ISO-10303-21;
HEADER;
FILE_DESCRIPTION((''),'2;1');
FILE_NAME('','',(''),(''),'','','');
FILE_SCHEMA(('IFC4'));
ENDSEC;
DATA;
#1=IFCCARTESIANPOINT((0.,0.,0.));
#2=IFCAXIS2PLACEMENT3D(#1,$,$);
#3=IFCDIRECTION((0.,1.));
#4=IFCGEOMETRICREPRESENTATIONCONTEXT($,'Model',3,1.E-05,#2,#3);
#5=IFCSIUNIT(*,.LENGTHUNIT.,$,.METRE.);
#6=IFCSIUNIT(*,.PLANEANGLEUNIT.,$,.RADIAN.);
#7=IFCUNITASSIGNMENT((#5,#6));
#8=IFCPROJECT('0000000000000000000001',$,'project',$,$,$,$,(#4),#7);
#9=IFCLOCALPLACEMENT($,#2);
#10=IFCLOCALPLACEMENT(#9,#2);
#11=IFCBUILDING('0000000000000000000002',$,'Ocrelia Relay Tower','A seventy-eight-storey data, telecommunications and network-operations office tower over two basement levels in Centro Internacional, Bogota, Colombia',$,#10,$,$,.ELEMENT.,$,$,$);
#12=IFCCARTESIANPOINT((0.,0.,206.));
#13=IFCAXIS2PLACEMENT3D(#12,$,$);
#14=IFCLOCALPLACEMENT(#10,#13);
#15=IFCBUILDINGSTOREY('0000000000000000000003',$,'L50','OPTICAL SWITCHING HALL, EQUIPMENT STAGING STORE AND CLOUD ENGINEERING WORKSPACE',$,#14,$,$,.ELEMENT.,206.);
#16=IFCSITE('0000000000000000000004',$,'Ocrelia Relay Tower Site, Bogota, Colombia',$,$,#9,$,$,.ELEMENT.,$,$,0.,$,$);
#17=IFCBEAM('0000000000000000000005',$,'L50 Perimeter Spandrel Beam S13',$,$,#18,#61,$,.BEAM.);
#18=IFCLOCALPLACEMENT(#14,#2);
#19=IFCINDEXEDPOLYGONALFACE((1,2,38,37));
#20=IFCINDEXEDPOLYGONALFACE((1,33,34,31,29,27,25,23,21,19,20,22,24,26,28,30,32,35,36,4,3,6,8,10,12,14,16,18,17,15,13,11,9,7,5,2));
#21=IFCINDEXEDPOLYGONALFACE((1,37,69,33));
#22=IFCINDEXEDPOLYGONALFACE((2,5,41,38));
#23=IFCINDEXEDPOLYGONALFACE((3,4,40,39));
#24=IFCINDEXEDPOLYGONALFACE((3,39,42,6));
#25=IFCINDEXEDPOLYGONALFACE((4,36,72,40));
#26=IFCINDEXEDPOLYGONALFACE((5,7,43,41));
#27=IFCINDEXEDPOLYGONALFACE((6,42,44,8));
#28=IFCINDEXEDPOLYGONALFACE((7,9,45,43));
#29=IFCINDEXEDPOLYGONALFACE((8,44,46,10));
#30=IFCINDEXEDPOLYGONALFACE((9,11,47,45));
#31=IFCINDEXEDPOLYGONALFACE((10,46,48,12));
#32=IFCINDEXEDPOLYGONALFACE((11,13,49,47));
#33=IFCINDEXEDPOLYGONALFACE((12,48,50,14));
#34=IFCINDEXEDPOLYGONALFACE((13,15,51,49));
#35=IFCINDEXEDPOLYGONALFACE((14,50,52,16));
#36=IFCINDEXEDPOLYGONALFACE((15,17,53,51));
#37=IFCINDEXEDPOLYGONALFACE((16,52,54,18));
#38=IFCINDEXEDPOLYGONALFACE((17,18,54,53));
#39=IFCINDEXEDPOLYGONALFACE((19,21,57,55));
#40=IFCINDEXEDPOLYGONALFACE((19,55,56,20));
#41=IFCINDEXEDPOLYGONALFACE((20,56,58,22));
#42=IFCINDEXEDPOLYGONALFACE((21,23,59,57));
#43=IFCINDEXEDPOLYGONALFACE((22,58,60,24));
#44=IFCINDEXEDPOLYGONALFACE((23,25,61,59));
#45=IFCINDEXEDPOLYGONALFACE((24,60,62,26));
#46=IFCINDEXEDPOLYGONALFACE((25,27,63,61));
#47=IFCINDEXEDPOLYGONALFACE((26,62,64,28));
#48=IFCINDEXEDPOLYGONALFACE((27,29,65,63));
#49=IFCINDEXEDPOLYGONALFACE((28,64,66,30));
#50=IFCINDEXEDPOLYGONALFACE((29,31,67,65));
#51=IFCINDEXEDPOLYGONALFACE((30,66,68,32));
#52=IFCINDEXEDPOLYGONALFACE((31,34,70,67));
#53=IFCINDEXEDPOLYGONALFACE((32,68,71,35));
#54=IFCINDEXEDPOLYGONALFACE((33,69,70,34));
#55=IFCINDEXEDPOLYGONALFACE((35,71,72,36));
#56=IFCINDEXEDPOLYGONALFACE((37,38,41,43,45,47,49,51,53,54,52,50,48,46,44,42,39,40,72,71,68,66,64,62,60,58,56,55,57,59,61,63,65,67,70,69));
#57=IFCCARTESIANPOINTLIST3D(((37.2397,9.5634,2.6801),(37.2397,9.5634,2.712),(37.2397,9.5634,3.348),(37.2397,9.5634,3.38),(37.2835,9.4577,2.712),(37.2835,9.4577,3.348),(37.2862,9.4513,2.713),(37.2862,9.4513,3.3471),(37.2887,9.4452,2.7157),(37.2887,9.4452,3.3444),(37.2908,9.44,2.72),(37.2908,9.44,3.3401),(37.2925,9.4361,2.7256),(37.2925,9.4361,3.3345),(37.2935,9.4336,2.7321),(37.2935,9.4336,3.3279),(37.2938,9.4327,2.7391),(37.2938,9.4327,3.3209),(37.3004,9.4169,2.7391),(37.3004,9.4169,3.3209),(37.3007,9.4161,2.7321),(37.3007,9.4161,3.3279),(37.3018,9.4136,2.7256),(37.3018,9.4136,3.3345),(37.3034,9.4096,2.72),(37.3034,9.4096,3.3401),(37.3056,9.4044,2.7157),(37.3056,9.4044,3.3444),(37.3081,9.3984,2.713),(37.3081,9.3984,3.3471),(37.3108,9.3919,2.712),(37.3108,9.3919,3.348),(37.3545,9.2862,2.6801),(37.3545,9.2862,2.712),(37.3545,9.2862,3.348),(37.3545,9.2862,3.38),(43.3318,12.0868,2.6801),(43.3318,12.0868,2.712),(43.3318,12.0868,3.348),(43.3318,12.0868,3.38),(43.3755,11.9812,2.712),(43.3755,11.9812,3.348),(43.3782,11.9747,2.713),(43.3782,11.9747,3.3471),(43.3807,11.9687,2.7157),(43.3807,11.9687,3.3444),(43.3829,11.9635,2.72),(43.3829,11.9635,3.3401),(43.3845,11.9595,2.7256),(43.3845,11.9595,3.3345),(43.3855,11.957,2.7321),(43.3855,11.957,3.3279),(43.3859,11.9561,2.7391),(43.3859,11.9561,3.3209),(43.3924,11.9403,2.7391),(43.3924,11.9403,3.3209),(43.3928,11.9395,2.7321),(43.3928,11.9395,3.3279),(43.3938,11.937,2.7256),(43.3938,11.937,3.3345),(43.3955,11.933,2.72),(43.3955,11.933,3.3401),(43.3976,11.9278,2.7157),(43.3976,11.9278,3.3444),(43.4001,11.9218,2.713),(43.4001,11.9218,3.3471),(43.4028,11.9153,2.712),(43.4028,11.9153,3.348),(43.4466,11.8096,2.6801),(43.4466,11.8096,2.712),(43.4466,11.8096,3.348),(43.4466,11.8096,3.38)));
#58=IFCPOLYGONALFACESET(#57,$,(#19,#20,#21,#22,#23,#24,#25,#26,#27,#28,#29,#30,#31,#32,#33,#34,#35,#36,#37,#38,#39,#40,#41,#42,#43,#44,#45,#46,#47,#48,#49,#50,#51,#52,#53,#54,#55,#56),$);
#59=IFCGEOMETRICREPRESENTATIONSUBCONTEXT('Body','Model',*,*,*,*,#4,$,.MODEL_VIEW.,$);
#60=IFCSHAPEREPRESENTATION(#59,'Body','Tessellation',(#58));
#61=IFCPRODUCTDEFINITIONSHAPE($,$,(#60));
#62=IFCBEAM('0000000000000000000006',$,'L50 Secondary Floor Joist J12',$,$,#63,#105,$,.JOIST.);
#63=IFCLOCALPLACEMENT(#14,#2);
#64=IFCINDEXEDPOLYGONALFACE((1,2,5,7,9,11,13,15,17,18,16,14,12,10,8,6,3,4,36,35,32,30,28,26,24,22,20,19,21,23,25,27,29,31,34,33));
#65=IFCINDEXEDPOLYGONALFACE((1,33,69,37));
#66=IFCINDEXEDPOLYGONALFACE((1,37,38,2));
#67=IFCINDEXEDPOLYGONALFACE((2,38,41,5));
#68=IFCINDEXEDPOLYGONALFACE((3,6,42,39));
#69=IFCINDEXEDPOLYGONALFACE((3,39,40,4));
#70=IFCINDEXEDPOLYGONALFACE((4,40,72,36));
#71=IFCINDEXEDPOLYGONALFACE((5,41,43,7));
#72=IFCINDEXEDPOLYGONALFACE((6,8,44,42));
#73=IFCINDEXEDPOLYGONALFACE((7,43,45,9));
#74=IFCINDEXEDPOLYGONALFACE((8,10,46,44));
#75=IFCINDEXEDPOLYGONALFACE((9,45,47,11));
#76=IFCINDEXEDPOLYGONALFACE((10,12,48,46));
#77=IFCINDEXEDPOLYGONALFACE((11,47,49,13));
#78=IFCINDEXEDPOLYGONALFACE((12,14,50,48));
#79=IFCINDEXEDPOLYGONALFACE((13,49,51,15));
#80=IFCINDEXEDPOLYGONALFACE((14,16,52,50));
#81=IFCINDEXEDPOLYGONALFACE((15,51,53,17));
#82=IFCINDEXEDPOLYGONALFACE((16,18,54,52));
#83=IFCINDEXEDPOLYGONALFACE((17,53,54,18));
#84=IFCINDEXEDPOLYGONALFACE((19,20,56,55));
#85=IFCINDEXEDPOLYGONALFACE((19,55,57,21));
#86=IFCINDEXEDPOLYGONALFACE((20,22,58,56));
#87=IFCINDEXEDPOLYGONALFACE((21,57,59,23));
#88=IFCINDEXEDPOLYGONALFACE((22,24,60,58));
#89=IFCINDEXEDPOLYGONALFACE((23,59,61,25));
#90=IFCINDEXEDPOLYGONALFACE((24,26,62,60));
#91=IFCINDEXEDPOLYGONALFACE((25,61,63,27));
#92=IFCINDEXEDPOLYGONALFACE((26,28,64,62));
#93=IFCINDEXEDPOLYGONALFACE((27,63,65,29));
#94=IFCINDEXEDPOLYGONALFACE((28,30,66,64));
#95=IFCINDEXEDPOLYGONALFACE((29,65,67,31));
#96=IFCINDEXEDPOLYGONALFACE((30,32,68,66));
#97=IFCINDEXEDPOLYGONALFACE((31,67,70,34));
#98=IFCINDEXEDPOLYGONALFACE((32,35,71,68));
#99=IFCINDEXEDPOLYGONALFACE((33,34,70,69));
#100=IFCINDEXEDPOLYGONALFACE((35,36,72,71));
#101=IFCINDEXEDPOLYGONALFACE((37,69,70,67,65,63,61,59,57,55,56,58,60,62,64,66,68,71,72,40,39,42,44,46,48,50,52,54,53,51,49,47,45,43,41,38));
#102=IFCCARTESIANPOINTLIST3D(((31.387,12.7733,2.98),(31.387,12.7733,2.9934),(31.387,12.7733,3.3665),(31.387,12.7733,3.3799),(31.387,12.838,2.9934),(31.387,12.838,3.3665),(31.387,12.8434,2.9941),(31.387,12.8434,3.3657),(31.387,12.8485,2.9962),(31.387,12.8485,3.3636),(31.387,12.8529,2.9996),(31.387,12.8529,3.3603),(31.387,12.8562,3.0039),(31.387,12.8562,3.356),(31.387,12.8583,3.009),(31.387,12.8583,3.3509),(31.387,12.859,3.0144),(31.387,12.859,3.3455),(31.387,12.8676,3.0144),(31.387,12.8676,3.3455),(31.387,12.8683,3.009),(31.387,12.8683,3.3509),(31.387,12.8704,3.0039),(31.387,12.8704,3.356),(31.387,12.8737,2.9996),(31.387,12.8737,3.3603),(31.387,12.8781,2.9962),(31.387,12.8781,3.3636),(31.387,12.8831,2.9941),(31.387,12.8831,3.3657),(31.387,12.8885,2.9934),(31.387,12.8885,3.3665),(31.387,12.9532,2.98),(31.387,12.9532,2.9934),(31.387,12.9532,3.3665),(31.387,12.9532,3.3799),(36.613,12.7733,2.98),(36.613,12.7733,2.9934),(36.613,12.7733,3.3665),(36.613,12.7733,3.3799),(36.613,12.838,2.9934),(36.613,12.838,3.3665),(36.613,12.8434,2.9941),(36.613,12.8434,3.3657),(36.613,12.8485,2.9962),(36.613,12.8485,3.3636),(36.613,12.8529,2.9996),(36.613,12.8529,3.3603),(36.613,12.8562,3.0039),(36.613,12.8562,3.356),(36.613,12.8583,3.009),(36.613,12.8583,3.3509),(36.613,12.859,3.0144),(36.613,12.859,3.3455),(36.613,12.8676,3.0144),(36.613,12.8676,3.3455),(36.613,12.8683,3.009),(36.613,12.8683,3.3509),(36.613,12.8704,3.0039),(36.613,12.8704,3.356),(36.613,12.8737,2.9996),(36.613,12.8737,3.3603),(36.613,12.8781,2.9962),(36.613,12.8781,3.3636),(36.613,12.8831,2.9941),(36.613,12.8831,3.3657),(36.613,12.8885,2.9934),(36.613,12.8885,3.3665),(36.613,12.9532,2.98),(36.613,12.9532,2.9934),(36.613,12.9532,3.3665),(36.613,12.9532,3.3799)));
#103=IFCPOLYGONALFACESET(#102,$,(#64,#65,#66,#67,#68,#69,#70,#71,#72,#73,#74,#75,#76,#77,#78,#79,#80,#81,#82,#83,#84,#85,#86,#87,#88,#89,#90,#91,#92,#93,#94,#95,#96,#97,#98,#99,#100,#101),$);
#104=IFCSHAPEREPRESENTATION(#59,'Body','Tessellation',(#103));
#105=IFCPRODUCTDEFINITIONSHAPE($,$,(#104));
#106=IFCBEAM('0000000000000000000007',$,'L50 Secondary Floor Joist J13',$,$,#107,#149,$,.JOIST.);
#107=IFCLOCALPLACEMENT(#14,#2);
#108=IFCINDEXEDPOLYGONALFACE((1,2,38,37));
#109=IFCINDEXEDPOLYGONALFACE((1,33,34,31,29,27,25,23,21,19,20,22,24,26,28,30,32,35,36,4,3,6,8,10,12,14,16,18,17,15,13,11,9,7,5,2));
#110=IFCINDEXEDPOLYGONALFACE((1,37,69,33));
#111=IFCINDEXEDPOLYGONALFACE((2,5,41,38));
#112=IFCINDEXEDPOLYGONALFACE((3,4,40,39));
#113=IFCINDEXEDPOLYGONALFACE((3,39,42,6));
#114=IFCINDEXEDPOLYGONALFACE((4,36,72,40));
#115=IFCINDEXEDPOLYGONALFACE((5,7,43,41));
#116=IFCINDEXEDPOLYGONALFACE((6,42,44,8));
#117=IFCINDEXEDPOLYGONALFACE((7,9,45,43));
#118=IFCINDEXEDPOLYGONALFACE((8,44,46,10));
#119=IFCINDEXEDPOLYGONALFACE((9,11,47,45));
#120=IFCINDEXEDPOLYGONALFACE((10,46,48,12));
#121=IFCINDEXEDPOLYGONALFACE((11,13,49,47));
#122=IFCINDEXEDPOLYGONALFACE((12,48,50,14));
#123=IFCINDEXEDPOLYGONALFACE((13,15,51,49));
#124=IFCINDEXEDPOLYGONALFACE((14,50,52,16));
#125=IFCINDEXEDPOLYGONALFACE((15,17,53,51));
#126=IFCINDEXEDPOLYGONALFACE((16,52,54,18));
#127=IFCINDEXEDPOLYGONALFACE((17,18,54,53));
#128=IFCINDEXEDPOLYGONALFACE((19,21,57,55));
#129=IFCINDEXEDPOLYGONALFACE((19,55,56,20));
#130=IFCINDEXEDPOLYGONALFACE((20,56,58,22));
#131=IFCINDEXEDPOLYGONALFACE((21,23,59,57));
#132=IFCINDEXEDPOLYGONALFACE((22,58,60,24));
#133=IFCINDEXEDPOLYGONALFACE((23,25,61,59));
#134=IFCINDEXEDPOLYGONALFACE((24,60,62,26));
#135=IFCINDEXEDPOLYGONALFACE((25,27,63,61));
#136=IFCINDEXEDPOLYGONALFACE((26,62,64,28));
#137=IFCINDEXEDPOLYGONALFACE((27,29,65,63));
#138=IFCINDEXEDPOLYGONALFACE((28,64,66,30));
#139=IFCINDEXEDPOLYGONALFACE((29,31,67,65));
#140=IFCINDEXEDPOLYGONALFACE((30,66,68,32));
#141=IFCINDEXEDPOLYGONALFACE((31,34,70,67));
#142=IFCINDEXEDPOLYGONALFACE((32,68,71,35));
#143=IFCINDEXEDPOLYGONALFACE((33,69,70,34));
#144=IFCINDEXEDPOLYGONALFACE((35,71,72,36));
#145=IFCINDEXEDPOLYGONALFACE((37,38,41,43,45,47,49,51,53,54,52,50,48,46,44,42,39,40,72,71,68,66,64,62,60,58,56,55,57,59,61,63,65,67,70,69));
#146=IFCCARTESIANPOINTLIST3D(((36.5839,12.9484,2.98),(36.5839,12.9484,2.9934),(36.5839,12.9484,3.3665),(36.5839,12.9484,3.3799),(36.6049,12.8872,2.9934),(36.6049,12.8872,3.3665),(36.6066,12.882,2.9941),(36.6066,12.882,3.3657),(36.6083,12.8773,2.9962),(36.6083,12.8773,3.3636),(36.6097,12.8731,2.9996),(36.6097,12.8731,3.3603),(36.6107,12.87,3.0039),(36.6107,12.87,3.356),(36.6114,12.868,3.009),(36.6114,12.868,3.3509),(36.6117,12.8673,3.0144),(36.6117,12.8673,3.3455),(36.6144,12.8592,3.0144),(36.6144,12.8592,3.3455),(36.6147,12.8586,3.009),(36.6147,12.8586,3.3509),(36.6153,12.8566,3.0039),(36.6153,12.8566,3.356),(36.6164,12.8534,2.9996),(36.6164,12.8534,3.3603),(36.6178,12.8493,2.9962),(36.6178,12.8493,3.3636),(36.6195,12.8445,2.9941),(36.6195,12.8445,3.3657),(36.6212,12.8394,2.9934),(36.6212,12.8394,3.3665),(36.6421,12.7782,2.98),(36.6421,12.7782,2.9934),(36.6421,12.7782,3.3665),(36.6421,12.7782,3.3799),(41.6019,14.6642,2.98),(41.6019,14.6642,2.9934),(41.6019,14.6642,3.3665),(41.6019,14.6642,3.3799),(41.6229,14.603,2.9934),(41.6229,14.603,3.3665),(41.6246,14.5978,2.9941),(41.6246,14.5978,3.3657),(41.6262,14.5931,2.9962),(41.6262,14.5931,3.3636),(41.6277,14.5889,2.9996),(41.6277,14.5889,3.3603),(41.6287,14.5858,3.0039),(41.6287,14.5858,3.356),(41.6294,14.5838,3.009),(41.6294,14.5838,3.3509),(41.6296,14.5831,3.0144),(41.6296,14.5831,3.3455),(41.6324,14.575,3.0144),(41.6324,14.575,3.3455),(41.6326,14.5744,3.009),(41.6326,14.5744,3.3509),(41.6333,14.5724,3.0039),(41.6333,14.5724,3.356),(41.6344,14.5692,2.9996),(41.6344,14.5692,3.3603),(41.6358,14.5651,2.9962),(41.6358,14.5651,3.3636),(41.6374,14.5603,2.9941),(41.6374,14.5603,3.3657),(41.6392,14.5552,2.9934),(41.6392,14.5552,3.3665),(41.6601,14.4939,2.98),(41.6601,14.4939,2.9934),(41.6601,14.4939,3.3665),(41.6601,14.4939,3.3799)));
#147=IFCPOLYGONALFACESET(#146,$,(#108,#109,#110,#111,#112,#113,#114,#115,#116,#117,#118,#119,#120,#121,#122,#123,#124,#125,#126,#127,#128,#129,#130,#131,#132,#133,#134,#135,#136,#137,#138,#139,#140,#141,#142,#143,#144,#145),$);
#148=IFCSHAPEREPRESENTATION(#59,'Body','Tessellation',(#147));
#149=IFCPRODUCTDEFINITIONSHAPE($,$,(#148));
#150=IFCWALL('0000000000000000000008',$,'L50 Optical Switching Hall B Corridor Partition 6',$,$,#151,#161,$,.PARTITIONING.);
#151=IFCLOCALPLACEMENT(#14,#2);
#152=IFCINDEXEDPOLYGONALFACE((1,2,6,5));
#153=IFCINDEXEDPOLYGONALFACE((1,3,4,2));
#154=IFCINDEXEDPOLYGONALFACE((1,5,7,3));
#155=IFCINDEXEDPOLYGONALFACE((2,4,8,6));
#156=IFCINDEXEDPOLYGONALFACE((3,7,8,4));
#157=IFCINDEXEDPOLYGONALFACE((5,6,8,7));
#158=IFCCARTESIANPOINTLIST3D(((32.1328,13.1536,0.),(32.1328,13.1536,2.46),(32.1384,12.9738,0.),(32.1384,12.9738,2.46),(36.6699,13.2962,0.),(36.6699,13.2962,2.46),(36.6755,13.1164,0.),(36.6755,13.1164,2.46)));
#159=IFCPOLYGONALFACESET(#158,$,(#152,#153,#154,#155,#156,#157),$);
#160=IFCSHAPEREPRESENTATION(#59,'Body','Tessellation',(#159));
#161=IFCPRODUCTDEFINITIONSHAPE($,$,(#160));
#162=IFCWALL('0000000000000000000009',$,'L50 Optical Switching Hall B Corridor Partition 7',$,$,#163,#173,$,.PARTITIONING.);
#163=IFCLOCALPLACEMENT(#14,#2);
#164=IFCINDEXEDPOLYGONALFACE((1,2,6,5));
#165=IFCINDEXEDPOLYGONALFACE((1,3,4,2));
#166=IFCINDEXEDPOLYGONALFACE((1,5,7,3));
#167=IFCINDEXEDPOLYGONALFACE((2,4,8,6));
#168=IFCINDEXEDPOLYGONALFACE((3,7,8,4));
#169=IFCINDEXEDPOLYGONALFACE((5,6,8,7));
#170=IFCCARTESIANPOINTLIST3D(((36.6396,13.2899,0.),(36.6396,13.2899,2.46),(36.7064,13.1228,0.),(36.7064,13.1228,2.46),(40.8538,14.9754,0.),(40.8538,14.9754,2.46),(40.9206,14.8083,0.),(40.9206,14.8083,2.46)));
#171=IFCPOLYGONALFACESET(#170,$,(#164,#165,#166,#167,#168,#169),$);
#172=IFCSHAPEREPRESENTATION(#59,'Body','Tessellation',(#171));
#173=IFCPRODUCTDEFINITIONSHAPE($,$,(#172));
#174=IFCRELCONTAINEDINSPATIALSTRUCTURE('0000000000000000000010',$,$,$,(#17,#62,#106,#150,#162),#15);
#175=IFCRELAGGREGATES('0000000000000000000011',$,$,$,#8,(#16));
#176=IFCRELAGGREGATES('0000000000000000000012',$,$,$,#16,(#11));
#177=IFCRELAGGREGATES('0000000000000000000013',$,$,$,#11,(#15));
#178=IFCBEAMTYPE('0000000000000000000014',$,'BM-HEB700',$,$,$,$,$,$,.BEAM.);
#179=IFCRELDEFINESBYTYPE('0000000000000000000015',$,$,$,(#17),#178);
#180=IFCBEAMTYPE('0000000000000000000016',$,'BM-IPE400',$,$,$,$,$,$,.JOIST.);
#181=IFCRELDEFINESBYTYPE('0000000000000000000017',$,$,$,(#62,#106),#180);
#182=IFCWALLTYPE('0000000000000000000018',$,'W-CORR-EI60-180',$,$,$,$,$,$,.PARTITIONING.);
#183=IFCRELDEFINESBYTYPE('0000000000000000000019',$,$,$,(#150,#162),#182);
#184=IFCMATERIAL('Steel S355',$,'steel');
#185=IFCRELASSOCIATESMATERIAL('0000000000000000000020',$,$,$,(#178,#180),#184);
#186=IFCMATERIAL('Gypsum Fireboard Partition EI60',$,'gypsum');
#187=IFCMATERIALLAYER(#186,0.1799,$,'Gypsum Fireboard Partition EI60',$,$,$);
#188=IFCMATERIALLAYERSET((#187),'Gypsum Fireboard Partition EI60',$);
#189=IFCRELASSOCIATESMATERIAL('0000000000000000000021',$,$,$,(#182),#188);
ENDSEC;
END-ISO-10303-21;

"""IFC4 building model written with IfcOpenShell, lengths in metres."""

from ifc_helpers import new_model, si_unit, direction, frame, frame_2d, origin, origin_2d, place, context, subcontext, project, spatial, rectangle, i_section, extrude, material, layer, layer_set, material_profile, profile_set, type_object, element, save


model = new_model("IFC4")

# Units and contexts
model_context = context("Model", 3, precision=1e-05, world=origin(), true_north=direction((0.0, 1.0)))
body_context = subcontext(model_context, "Body", "Model", "MODEL_VIEW")
ifc_project = project(units=[si_unit("LENGTHUNIT", "METRE"), si_unit("PLANEANGLEUNIT", "RADIAN")], contexts=[model_context])

# Site, building, storey
site_placement = place(None, origin())
site = spatial("IfcSite", under=ifc_project, at=site_placement, Name="Ocrelia Relay Tower Site, Bogota, Colombia", CompositionType="ELEMENT", RefElevation=0.0)
building_placement = place(site_placement, origin())
building = spatial("IfcBuilding", under=site, at=building_placement, Name="Ocrelia Relay Tower", Description="A seventy-eight-storey data, telecommunications and network-operations office tower over two basement levels in Centro Internacional, Bogota, Colombia", CompositionType="ELEMENT")
storey_placement = place(building_placement, frame((0.0, 0.0, 206.0)))
storey = spatial("IfcBuildingStorey", under=building, at=storey_placement, Name="L50", Description="OPTICAL SWITCHING HALL, EQUIPMENT STAGING STORE AND CLOUD ENGINEERING WORKSPACE", CompositionType="ELEMENT", Elevation=206.0)

# Beams
ifc_material_1 = material(Name="Steel S355", Category="steel")
ifc_material_profile_1 = material_profile(ifc_material_1, i_section(OverallWidth=0.3, OverallDepth=0.7, WebThickness=0.0171, FlangeThickness=0.032, FilletRadius=0.0271, at=origin_2d()), Name="HEB 700")
ifc_profile_set_1 = profile_set([ifc_material_profile_1], Name="Steel S355")
beam_type_1 = type_object("IfcBeamType", Name="BM-HEB700", PredefinedType="BEAM", material=ifc_profile_set_1)
beam_1_placement = place(storey_placement, frame((37.2971, 9.4248, 3.03), z_axis=(0.923878, 0.382688, 0.0), x_axis=(-0.382688, 0.923878, 0.0)))
element("IfcBeam", 1, at=beam_1_placement, inside=storey, type_object=beam_type_1, Name="L50 Perimeter Spandrel Beam S13", PredefinedType="BEAM", context=body_context, shape_type="SweptSolid", body=[
    extrude(i_section(OverallWidth=0.3, OverallDepth=0.7, WebThickness=0.0171, FlangeThickness=0.032, FilletRadius=0.0271, at=origin_2d()), origin(), (0.0, 0.0, 1.0), 6.594),
])
ifc_material_profile_2 = material_profile(ifc_material_1, i_section(OverallWidth=0.1799, OverallDepth=0.3999, WebThickness=0.0085, FlangeThickness=0.0134, FilletRadius=0.021, at=origin_2d()), Name="IPE 400")
ifc_profile_set_2 = profile_set([ifc_material_profile_2], Name="Steel S355")
beam_type_2 = type_object("IfcBeamType", Name="BM-IPE400", PredefinedType="JOIST", material=ifc_profile_set_2)
beam_2_placement = place(storey_placement, frame((31.387, 12.8633, 3.1799), z_axis=(1.0, 0.0, 0.0), x_axis=(0.0, 1.0, 0.0)))
element("IfcBeam", 2, at=beam_2_placement, inside=storey, type_object=beam_type_2, Name="L50 Secondary Floor Joist J12", PredefinedType="JOIST", context=body_context, shape_type="SweptSolid", body=[
    extrude(i_section(OverallWidth=0.1799, OverallDepth=0.3999, WebThickness=0.0085, FlangeThickness=0.0134, FilletRadius=0.021, at=origin_2d()), origin(), (0.0, 0.0, 1.0), 5.2261),
])
beam_3_placement = place(storey_placement, frame((36.613, 12.8633, 3.1799), z_axis=(0.946215, 0.323538, 0.0), x_axis=(-0.323538, 0.946215, 0.0)))
element("IfcBeam", 3, at=beam_3_placement, inside=storey, type_object=beam_type_2, Name="L50 Secondary Floor Joist J13", PredefinedType="JOIST", context=body_context, shape_type="SweptSolid", body=[
    extrude(i_section(OverallWidth=0.1799, OverallDepth=0.3999, WebThickness=0.0085, FlangeThickness=0.0134, FilletRadius=0.021, at=origin_2d()), origin(), (0.0, 0.0, 1.0), 5.3032),
])

# Walls
ifc_material_2 = material(Name="Gypsum Fireboard Partition EI60", Category="gypsum")
ifc_layer_1 = layer(ifc_material_2, 0.1799, Name="Gypsum Fireboard Partition EI60")
ifc_layer_set_1 = layer_set([ifc_layer_1], Name="Gypsum Fireboard Partition EI60")
wall_type_1 = type_object("IfcWallType", Name="W-CORR-EI60-180", PredefinedType="PARTITIONING", material=ifc_layer_set_1)
wall_1_placement = place(storey_placement, frame((32.1357, 13.0637, 0.0), z_axis=(0.0, 0.0, 1.0), x_axis=(0.999507, 0.031409, 0.0)))
element("IfcWall", 4, at=wall_1_placement, inside=storey, type_object=wall_type_1, Name="L50 Optical Switching Hall B Corridor Partition 6", PredefinedType="PARTITIONING", context=body_context, shape_type="SweptSolid", body=[
    extrude(rectangle(XDim=4.5393, YDim=0.1799, at=frame_2d((2.2695, 0.0))), origin(), (0.0, 0.0, 1.0), 2.46),
])
wall_2_placement = place(storey_placement, frame((36.6729, 13.2063, 0.0), z_axis=(0.0, 0.0, 1.0), x_axis=(0.928492, 0.371354, 0.0)))
element("IfcWall", 5, at=wall_2_placement, inside=storey, type_object=wall_type_1, Name="L50 Optical Switching Hall B Corridor Partition 7", PredefinedType="PARTITIONING", context=body_context, shape_type="SweptSolid", body=[
    extrude(rectangle(XDim=4.5388, YDim=0.1799, at=frame_2d((2.2695, 0.0))), origin(), (0.0, 0.0, 1.0), 2.46),
])

save(model, "model.ifc")
